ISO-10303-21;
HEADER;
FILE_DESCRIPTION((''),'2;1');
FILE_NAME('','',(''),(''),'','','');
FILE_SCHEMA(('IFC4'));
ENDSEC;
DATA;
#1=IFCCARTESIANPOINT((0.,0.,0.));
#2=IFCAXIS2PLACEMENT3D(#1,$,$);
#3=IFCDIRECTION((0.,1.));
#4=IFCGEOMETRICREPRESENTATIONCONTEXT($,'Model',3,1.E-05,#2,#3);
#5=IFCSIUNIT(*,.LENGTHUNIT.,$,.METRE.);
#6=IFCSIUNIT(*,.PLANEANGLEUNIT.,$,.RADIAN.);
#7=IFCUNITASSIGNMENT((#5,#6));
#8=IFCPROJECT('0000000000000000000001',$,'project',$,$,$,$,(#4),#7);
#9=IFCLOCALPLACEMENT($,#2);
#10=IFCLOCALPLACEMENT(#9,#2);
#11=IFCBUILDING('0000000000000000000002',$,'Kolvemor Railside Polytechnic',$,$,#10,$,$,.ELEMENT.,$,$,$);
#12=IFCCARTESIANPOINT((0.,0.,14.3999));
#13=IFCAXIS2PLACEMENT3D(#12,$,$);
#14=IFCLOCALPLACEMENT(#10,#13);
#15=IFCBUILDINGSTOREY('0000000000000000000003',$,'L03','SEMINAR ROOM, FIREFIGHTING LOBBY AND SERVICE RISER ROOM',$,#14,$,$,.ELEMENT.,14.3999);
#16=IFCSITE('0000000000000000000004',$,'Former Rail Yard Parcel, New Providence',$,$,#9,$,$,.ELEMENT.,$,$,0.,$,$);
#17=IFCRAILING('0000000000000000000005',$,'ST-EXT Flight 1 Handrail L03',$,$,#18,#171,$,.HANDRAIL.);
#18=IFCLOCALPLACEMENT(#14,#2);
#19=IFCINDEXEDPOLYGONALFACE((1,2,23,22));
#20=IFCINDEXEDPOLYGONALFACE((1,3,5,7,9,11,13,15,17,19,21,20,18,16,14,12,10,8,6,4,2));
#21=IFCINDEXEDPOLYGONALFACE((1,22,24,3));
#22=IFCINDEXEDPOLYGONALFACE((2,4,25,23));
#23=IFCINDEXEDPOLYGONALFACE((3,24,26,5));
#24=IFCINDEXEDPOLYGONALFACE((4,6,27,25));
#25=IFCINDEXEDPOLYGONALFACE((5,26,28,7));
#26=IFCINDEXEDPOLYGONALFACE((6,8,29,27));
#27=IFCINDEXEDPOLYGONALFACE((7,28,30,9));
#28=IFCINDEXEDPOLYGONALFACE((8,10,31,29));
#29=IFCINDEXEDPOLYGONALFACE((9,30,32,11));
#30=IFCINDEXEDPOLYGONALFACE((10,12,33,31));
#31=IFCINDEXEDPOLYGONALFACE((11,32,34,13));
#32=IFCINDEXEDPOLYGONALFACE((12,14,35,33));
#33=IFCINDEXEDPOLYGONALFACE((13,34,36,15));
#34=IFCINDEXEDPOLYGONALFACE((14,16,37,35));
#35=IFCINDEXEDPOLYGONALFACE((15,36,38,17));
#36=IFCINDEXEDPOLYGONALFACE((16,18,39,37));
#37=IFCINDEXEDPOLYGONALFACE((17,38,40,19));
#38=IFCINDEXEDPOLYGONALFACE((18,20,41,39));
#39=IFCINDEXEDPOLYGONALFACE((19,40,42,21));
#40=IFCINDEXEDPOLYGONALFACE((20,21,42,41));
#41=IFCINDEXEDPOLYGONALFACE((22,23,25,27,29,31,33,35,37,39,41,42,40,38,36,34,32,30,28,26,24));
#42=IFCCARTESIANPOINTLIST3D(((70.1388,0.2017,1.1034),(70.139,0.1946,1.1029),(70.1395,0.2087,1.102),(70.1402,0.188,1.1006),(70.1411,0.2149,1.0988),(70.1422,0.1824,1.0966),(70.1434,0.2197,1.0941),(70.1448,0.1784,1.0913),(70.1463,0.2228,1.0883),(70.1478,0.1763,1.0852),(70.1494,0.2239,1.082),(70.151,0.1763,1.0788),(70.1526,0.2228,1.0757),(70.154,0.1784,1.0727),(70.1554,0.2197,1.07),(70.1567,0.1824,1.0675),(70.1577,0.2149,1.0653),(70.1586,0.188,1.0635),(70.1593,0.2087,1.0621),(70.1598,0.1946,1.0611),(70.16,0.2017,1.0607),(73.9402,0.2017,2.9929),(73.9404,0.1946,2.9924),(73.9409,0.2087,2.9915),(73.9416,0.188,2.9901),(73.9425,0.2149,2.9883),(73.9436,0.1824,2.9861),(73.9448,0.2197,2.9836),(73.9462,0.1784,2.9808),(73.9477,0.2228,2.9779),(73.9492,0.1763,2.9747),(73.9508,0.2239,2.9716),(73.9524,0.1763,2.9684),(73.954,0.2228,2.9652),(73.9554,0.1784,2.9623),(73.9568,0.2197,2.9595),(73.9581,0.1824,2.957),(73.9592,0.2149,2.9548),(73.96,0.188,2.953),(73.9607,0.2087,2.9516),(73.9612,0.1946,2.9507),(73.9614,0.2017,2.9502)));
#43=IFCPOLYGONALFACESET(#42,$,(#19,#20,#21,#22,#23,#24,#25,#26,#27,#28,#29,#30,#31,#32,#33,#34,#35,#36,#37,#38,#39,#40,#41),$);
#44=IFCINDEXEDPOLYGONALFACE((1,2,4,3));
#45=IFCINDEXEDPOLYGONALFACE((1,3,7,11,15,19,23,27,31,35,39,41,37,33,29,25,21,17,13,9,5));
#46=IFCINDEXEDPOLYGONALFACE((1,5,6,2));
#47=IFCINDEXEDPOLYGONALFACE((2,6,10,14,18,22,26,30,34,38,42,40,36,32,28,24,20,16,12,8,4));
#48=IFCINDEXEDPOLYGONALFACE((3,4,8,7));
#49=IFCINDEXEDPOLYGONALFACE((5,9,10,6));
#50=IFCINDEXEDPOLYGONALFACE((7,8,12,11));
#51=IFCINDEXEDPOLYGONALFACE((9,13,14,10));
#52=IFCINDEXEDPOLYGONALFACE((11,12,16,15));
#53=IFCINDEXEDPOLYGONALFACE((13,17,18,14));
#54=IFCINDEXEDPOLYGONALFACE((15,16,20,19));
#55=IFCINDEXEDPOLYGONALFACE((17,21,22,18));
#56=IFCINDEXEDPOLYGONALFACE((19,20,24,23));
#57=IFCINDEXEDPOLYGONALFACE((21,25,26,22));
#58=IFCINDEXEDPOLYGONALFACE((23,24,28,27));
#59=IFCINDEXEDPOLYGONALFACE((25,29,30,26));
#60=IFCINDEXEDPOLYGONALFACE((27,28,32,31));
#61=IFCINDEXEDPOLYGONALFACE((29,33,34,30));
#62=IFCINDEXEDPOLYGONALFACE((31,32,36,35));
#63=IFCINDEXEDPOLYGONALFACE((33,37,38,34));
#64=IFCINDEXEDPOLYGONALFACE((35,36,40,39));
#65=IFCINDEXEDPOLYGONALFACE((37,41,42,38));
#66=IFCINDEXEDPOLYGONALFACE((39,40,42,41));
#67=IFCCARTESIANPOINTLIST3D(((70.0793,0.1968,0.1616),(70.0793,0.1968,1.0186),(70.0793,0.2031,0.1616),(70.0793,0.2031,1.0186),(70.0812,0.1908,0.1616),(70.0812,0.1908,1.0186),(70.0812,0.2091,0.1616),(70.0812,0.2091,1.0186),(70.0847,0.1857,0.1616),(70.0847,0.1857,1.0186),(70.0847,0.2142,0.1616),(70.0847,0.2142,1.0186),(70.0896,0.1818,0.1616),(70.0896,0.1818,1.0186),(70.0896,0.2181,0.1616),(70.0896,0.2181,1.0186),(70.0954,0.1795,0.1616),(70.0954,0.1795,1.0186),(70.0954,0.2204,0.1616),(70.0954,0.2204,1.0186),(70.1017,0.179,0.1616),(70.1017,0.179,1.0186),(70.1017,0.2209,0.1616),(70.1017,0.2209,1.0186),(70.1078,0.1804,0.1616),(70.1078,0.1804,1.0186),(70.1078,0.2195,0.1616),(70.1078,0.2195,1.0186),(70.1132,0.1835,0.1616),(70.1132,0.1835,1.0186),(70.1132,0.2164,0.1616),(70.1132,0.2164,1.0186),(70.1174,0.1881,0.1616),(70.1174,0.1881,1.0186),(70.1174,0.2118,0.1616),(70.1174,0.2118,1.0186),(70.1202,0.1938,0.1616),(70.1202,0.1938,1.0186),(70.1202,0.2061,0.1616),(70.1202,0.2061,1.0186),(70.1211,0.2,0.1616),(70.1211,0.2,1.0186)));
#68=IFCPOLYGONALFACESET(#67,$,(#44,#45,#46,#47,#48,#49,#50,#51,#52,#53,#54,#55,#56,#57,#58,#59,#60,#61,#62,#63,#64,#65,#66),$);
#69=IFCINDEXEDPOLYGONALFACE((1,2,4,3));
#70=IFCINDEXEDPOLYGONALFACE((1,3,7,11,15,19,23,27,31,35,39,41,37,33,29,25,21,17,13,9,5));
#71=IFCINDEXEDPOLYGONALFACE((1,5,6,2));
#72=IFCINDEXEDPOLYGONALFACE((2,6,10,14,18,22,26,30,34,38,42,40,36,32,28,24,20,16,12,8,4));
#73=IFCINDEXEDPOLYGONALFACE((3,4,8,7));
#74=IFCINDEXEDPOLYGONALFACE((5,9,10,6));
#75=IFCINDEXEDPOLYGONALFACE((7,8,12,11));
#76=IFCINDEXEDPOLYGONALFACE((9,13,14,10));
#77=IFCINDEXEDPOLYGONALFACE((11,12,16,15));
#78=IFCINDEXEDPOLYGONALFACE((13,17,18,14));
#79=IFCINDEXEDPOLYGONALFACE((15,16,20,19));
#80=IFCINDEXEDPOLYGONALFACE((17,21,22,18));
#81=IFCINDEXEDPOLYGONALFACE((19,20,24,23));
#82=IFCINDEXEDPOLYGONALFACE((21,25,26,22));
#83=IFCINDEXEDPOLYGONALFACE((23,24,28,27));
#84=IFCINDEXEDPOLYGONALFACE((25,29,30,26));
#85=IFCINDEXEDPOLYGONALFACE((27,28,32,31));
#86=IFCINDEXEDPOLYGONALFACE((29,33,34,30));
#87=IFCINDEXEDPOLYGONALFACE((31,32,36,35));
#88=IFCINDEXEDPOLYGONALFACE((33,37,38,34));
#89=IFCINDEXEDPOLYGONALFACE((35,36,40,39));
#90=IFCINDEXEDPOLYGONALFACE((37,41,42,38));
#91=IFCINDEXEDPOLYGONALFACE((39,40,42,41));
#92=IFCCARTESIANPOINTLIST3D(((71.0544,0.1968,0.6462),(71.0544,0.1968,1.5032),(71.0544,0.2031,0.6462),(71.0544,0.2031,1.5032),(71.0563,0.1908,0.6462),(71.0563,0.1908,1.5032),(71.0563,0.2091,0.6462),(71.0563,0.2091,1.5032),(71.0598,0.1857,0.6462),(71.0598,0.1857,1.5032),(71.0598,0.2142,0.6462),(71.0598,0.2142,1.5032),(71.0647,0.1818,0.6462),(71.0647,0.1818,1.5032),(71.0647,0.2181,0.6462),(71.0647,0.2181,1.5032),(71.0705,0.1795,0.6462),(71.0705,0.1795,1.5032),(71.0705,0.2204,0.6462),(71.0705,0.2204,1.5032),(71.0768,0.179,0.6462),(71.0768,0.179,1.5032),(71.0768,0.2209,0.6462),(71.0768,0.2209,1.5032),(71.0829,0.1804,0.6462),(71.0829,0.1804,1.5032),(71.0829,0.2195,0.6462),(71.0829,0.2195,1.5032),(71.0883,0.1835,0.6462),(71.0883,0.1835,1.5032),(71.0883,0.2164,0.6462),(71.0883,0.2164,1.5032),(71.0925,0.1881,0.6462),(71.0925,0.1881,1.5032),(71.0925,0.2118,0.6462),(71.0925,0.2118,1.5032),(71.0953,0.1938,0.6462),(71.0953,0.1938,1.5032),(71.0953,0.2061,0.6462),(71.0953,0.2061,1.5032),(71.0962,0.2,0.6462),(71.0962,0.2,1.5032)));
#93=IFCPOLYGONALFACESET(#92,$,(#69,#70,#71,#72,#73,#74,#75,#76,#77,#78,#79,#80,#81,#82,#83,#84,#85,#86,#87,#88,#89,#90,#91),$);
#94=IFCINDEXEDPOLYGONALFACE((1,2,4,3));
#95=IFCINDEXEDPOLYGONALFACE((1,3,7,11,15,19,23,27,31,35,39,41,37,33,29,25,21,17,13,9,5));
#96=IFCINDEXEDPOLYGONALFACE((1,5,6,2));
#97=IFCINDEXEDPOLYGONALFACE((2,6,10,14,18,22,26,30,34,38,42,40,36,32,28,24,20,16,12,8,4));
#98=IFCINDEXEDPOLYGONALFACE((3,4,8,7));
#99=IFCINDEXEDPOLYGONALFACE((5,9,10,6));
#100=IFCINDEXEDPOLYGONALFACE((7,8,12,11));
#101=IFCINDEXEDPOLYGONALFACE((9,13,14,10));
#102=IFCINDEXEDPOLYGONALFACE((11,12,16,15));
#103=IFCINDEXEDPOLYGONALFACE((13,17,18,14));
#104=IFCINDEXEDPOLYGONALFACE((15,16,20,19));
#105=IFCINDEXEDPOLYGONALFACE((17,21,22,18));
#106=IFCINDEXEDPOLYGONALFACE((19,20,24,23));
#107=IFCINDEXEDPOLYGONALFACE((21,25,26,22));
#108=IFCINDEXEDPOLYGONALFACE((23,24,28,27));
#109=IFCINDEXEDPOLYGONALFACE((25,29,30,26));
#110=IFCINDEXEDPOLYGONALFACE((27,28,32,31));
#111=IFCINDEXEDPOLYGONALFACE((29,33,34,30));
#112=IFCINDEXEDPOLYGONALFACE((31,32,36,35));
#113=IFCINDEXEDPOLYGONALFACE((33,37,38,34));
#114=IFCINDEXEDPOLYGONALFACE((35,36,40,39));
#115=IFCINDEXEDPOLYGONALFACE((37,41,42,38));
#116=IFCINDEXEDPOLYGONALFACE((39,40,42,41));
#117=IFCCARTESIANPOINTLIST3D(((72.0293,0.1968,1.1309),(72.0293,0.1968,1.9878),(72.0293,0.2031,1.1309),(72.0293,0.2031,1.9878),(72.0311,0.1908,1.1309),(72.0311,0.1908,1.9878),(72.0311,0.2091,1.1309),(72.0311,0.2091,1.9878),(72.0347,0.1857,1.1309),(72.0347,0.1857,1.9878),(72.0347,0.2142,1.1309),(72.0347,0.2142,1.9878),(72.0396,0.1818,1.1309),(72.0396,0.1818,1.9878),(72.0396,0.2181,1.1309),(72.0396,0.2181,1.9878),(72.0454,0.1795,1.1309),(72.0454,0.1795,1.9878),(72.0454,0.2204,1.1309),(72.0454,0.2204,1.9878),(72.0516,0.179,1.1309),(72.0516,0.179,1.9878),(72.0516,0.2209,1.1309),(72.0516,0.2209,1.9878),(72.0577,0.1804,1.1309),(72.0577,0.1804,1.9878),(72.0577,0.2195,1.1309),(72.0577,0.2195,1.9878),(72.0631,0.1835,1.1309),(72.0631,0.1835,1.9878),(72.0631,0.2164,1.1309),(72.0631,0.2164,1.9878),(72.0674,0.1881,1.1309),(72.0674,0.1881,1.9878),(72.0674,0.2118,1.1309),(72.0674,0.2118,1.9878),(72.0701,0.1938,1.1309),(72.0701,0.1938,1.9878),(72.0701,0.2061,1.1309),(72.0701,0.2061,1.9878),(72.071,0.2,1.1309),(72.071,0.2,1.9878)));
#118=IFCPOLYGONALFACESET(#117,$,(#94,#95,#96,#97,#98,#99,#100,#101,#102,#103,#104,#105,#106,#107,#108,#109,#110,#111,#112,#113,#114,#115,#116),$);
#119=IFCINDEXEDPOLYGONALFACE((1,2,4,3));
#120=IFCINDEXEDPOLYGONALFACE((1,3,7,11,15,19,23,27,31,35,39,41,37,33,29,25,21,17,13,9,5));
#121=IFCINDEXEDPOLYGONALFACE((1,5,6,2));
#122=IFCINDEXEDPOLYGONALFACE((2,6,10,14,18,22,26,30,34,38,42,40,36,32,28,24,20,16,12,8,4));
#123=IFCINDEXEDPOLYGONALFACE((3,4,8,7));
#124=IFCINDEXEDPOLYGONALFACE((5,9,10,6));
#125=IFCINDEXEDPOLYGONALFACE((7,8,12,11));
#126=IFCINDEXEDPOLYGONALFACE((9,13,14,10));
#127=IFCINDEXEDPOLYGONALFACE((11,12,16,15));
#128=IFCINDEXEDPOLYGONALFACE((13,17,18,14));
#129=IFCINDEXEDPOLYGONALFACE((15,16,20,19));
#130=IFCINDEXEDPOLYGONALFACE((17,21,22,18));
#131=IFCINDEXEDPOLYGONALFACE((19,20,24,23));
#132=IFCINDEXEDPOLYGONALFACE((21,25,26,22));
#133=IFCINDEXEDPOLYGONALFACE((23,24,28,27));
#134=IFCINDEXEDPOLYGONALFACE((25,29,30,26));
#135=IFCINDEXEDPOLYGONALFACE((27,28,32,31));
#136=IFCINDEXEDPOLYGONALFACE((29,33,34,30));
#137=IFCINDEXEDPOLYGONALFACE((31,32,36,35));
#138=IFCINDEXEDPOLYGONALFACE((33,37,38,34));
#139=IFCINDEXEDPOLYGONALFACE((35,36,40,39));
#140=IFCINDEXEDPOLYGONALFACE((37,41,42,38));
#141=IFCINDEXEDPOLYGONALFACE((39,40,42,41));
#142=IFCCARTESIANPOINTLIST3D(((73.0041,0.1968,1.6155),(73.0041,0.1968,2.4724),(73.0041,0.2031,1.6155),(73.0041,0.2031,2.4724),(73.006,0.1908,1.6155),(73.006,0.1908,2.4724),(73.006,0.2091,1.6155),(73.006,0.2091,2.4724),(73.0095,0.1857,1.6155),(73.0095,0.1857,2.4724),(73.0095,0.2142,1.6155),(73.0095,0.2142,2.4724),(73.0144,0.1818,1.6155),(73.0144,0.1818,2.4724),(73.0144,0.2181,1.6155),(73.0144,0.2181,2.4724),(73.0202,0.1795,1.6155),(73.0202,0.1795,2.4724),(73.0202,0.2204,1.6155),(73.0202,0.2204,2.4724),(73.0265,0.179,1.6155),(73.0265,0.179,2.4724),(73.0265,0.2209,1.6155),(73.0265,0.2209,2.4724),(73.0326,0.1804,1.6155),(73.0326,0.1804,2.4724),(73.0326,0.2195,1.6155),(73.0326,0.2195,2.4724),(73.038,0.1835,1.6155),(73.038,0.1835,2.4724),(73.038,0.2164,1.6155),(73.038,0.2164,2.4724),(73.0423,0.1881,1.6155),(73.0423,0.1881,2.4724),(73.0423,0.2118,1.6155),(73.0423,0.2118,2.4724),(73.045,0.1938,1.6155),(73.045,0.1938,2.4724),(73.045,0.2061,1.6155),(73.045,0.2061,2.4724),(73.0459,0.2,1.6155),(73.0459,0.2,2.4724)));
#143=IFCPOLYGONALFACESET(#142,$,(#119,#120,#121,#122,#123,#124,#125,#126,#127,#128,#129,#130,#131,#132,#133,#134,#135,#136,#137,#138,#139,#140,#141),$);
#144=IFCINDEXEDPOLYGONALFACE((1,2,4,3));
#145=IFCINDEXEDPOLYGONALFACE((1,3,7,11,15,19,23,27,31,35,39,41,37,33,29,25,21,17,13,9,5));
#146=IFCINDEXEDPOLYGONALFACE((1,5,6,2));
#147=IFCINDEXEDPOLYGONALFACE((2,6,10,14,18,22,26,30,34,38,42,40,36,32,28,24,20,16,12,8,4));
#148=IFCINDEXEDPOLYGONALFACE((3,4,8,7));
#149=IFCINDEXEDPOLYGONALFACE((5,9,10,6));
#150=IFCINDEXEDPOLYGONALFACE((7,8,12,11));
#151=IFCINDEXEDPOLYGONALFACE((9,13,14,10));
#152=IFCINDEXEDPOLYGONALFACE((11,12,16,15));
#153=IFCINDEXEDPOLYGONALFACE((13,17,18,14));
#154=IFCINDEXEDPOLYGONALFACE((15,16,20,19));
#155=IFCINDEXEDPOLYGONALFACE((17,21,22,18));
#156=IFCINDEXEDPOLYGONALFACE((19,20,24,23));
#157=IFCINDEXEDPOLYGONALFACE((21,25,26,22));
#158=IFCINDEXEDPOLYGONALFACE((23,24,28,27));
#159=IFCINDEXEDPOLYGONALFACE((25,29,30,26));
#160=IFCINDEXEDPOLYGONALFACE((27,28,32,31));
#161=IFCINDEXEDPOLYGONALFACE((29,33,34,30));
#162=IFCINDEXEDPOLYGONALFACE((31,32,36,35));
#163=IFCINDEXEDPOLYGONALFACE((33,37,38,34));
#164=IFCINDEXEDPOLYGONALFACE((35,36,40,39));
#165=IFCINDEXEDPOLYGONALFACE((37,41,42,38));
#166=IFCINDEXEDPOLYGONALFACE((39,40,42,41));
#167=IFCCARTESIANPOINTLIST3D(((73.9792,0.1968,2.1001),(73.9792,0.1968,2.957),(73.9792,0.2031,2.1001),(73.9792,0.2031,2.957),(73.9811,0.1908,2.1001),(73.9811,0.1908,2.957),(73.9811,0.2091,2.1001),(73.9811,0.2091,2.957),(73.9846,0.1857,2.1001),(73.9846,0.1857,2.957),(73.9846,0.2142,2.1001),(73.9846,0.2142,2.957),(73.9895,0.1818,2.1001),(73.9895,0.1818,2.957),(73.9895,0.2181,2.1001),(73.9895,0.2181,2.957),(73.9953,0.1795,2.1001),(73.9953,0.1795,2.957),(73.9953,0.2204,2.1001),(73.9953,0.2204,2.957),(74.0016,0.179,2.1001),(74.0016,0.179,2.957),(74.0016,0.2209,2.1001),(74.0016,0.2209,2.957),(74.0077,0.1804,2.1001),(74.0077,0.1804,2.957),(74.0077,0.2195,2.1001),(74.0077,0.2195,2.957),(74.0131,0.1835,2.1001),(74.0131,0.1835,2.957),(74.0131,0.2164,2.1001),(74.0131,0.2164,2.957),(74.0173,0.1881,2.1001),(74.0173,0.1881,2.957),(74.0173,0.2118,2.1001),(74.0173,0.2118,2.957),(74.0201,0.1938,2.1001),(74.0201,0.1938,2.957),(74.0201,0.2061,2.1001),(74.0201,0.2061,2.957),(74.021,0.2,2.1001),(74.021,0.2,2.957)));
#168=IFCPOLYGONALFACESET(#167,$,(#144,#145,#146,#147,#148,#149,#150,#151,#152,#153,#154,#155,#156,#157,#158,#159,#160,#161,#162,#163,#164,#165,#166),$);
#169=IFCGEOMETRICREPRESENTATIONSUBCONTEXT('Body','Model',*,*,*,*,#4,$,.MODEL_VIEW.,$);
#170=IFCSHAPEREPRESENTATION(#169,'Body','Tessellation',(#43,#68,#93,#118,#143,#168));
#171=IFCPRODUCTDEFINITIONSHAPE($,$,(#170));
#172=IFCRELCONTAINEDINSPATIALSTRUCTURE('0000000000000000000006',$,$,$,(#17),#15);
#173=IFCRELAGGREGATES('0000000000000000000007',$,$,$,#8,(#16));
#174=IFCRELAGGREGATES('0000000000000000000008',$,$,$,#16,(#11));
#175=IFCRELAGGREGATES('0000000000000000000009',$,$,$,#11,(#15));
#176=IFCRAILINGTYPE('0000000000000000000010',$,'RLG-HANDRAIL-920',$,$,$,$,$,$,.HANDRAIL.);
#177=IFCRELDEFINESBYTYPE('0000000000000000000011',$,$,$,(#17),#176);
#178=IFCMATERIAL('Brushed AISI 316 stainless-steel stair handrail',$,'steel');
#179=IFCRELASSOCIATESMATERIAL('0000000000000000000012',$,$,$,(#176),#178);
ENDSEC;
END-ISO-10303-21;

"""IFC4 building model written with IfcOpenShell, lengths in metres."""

from ifc_helpers import new_model, si_unit, direction, frame, origin, origin_2d, place, context, subcontext, project, spatial, circle, extrude, material, type_object, element, save


model = new_model("IFC4")

# Units and contexts
model_context = context("Model", 3, precision=1e-05, world=origin(), true_north=direction((0.0, 1.0)))
body_context = subcontext(model_context, "Body", "Model", "MODEL_VIEW")
ifc_project = project(units=[si_unit("LENGTHUNIT", "METRE"), si_unit("PLANEANGLEUNIT", "RADIAN")], contexts=[model_context])

# Site, building, storey
site_placement = place(None, origin())
site = spatial("IfcSite", under=ifc_project, at=site_placement, Name="Former Rail Yard Parcel, New Providence", CompositionType="ELEMENT", RefElevation=0.0)
building_placement = place(site_placement, origin())
building = spatial("IfcBuilding", under=site, at=building_placement, Name="Kolvemor Railside Polytechnic", CompositionType="ELEMENT")
storey_placement = place(building_placement, frame((0.0, 0.0, 14.3999)))
storey = spatial("IfcBuildingStorey", under=building, at=storey_placement, Name="L03", Description="SEMINAR ROOM, FIREFIGHTING LOBBY AND SERVICE RISER ROOM", CompositionType="ELEMENT", Elevation=14.3999)

# Railing
ifc_material_1 = material(Name="Brushed AISI 316 stainless-steel stair handrail", Category="steel")
railing_type_1 = type_object("IfcRailingType", Name="RLG-HANDRAIL-920", PredefinedType="HANDRAIL", material=ifc_material_1)
railing_1_placement = place(storey_placement, frame((70.1001, 0.2, 0.1616)))
element("IfcRailing", 1, at=railing_1_placement, inside=storey, type_object=railing_type_1, Name="ST-EXT Flight 1 Handrail L03", PredefinedType="HANDRAIL", context=body_context, shape_type="SweptSolid", body=[
    extrude(circle(Radius=0.0239, at=origin_2d()), frame((0.0493, 0.0, 0.9204), z_axis=(0.895479, 0.0, 0.445105), x_axis=(0.0, 1.0, 0.0)), (0.0, 0.0, 1.0), 4.2451),
    extrude(circle(Radius=0.021, at=origin_2d()), origin(), (0.0, 0.0, 1.0), 0.8569),
    extrude(circle(Radius=0.021, at=origin_2d()), frame((0.9751, 0.0, 0.4846)), (0.0, 0.0, 1.0), 0.8569),
    extrude(circle(Radius=0.021, at=origin_2d()), frame((1.95, 0.0, 0.9692)), (0.0, 0.0, 1.0), 0.8569),
    extrude(circle(Radius=0.021, at=origin_2d()), frame((2.9248, 0.0, 1.4539)), (0.0, 0.0, 1.0), 0.8569),
    extrude(circle(Radius=0.021, at=origin_2d()), frame((3.8999, 0.0, 1.9385)), (0.0, 0.0, 1.0), 0.8569),
])

save(model, "model.ifc")
